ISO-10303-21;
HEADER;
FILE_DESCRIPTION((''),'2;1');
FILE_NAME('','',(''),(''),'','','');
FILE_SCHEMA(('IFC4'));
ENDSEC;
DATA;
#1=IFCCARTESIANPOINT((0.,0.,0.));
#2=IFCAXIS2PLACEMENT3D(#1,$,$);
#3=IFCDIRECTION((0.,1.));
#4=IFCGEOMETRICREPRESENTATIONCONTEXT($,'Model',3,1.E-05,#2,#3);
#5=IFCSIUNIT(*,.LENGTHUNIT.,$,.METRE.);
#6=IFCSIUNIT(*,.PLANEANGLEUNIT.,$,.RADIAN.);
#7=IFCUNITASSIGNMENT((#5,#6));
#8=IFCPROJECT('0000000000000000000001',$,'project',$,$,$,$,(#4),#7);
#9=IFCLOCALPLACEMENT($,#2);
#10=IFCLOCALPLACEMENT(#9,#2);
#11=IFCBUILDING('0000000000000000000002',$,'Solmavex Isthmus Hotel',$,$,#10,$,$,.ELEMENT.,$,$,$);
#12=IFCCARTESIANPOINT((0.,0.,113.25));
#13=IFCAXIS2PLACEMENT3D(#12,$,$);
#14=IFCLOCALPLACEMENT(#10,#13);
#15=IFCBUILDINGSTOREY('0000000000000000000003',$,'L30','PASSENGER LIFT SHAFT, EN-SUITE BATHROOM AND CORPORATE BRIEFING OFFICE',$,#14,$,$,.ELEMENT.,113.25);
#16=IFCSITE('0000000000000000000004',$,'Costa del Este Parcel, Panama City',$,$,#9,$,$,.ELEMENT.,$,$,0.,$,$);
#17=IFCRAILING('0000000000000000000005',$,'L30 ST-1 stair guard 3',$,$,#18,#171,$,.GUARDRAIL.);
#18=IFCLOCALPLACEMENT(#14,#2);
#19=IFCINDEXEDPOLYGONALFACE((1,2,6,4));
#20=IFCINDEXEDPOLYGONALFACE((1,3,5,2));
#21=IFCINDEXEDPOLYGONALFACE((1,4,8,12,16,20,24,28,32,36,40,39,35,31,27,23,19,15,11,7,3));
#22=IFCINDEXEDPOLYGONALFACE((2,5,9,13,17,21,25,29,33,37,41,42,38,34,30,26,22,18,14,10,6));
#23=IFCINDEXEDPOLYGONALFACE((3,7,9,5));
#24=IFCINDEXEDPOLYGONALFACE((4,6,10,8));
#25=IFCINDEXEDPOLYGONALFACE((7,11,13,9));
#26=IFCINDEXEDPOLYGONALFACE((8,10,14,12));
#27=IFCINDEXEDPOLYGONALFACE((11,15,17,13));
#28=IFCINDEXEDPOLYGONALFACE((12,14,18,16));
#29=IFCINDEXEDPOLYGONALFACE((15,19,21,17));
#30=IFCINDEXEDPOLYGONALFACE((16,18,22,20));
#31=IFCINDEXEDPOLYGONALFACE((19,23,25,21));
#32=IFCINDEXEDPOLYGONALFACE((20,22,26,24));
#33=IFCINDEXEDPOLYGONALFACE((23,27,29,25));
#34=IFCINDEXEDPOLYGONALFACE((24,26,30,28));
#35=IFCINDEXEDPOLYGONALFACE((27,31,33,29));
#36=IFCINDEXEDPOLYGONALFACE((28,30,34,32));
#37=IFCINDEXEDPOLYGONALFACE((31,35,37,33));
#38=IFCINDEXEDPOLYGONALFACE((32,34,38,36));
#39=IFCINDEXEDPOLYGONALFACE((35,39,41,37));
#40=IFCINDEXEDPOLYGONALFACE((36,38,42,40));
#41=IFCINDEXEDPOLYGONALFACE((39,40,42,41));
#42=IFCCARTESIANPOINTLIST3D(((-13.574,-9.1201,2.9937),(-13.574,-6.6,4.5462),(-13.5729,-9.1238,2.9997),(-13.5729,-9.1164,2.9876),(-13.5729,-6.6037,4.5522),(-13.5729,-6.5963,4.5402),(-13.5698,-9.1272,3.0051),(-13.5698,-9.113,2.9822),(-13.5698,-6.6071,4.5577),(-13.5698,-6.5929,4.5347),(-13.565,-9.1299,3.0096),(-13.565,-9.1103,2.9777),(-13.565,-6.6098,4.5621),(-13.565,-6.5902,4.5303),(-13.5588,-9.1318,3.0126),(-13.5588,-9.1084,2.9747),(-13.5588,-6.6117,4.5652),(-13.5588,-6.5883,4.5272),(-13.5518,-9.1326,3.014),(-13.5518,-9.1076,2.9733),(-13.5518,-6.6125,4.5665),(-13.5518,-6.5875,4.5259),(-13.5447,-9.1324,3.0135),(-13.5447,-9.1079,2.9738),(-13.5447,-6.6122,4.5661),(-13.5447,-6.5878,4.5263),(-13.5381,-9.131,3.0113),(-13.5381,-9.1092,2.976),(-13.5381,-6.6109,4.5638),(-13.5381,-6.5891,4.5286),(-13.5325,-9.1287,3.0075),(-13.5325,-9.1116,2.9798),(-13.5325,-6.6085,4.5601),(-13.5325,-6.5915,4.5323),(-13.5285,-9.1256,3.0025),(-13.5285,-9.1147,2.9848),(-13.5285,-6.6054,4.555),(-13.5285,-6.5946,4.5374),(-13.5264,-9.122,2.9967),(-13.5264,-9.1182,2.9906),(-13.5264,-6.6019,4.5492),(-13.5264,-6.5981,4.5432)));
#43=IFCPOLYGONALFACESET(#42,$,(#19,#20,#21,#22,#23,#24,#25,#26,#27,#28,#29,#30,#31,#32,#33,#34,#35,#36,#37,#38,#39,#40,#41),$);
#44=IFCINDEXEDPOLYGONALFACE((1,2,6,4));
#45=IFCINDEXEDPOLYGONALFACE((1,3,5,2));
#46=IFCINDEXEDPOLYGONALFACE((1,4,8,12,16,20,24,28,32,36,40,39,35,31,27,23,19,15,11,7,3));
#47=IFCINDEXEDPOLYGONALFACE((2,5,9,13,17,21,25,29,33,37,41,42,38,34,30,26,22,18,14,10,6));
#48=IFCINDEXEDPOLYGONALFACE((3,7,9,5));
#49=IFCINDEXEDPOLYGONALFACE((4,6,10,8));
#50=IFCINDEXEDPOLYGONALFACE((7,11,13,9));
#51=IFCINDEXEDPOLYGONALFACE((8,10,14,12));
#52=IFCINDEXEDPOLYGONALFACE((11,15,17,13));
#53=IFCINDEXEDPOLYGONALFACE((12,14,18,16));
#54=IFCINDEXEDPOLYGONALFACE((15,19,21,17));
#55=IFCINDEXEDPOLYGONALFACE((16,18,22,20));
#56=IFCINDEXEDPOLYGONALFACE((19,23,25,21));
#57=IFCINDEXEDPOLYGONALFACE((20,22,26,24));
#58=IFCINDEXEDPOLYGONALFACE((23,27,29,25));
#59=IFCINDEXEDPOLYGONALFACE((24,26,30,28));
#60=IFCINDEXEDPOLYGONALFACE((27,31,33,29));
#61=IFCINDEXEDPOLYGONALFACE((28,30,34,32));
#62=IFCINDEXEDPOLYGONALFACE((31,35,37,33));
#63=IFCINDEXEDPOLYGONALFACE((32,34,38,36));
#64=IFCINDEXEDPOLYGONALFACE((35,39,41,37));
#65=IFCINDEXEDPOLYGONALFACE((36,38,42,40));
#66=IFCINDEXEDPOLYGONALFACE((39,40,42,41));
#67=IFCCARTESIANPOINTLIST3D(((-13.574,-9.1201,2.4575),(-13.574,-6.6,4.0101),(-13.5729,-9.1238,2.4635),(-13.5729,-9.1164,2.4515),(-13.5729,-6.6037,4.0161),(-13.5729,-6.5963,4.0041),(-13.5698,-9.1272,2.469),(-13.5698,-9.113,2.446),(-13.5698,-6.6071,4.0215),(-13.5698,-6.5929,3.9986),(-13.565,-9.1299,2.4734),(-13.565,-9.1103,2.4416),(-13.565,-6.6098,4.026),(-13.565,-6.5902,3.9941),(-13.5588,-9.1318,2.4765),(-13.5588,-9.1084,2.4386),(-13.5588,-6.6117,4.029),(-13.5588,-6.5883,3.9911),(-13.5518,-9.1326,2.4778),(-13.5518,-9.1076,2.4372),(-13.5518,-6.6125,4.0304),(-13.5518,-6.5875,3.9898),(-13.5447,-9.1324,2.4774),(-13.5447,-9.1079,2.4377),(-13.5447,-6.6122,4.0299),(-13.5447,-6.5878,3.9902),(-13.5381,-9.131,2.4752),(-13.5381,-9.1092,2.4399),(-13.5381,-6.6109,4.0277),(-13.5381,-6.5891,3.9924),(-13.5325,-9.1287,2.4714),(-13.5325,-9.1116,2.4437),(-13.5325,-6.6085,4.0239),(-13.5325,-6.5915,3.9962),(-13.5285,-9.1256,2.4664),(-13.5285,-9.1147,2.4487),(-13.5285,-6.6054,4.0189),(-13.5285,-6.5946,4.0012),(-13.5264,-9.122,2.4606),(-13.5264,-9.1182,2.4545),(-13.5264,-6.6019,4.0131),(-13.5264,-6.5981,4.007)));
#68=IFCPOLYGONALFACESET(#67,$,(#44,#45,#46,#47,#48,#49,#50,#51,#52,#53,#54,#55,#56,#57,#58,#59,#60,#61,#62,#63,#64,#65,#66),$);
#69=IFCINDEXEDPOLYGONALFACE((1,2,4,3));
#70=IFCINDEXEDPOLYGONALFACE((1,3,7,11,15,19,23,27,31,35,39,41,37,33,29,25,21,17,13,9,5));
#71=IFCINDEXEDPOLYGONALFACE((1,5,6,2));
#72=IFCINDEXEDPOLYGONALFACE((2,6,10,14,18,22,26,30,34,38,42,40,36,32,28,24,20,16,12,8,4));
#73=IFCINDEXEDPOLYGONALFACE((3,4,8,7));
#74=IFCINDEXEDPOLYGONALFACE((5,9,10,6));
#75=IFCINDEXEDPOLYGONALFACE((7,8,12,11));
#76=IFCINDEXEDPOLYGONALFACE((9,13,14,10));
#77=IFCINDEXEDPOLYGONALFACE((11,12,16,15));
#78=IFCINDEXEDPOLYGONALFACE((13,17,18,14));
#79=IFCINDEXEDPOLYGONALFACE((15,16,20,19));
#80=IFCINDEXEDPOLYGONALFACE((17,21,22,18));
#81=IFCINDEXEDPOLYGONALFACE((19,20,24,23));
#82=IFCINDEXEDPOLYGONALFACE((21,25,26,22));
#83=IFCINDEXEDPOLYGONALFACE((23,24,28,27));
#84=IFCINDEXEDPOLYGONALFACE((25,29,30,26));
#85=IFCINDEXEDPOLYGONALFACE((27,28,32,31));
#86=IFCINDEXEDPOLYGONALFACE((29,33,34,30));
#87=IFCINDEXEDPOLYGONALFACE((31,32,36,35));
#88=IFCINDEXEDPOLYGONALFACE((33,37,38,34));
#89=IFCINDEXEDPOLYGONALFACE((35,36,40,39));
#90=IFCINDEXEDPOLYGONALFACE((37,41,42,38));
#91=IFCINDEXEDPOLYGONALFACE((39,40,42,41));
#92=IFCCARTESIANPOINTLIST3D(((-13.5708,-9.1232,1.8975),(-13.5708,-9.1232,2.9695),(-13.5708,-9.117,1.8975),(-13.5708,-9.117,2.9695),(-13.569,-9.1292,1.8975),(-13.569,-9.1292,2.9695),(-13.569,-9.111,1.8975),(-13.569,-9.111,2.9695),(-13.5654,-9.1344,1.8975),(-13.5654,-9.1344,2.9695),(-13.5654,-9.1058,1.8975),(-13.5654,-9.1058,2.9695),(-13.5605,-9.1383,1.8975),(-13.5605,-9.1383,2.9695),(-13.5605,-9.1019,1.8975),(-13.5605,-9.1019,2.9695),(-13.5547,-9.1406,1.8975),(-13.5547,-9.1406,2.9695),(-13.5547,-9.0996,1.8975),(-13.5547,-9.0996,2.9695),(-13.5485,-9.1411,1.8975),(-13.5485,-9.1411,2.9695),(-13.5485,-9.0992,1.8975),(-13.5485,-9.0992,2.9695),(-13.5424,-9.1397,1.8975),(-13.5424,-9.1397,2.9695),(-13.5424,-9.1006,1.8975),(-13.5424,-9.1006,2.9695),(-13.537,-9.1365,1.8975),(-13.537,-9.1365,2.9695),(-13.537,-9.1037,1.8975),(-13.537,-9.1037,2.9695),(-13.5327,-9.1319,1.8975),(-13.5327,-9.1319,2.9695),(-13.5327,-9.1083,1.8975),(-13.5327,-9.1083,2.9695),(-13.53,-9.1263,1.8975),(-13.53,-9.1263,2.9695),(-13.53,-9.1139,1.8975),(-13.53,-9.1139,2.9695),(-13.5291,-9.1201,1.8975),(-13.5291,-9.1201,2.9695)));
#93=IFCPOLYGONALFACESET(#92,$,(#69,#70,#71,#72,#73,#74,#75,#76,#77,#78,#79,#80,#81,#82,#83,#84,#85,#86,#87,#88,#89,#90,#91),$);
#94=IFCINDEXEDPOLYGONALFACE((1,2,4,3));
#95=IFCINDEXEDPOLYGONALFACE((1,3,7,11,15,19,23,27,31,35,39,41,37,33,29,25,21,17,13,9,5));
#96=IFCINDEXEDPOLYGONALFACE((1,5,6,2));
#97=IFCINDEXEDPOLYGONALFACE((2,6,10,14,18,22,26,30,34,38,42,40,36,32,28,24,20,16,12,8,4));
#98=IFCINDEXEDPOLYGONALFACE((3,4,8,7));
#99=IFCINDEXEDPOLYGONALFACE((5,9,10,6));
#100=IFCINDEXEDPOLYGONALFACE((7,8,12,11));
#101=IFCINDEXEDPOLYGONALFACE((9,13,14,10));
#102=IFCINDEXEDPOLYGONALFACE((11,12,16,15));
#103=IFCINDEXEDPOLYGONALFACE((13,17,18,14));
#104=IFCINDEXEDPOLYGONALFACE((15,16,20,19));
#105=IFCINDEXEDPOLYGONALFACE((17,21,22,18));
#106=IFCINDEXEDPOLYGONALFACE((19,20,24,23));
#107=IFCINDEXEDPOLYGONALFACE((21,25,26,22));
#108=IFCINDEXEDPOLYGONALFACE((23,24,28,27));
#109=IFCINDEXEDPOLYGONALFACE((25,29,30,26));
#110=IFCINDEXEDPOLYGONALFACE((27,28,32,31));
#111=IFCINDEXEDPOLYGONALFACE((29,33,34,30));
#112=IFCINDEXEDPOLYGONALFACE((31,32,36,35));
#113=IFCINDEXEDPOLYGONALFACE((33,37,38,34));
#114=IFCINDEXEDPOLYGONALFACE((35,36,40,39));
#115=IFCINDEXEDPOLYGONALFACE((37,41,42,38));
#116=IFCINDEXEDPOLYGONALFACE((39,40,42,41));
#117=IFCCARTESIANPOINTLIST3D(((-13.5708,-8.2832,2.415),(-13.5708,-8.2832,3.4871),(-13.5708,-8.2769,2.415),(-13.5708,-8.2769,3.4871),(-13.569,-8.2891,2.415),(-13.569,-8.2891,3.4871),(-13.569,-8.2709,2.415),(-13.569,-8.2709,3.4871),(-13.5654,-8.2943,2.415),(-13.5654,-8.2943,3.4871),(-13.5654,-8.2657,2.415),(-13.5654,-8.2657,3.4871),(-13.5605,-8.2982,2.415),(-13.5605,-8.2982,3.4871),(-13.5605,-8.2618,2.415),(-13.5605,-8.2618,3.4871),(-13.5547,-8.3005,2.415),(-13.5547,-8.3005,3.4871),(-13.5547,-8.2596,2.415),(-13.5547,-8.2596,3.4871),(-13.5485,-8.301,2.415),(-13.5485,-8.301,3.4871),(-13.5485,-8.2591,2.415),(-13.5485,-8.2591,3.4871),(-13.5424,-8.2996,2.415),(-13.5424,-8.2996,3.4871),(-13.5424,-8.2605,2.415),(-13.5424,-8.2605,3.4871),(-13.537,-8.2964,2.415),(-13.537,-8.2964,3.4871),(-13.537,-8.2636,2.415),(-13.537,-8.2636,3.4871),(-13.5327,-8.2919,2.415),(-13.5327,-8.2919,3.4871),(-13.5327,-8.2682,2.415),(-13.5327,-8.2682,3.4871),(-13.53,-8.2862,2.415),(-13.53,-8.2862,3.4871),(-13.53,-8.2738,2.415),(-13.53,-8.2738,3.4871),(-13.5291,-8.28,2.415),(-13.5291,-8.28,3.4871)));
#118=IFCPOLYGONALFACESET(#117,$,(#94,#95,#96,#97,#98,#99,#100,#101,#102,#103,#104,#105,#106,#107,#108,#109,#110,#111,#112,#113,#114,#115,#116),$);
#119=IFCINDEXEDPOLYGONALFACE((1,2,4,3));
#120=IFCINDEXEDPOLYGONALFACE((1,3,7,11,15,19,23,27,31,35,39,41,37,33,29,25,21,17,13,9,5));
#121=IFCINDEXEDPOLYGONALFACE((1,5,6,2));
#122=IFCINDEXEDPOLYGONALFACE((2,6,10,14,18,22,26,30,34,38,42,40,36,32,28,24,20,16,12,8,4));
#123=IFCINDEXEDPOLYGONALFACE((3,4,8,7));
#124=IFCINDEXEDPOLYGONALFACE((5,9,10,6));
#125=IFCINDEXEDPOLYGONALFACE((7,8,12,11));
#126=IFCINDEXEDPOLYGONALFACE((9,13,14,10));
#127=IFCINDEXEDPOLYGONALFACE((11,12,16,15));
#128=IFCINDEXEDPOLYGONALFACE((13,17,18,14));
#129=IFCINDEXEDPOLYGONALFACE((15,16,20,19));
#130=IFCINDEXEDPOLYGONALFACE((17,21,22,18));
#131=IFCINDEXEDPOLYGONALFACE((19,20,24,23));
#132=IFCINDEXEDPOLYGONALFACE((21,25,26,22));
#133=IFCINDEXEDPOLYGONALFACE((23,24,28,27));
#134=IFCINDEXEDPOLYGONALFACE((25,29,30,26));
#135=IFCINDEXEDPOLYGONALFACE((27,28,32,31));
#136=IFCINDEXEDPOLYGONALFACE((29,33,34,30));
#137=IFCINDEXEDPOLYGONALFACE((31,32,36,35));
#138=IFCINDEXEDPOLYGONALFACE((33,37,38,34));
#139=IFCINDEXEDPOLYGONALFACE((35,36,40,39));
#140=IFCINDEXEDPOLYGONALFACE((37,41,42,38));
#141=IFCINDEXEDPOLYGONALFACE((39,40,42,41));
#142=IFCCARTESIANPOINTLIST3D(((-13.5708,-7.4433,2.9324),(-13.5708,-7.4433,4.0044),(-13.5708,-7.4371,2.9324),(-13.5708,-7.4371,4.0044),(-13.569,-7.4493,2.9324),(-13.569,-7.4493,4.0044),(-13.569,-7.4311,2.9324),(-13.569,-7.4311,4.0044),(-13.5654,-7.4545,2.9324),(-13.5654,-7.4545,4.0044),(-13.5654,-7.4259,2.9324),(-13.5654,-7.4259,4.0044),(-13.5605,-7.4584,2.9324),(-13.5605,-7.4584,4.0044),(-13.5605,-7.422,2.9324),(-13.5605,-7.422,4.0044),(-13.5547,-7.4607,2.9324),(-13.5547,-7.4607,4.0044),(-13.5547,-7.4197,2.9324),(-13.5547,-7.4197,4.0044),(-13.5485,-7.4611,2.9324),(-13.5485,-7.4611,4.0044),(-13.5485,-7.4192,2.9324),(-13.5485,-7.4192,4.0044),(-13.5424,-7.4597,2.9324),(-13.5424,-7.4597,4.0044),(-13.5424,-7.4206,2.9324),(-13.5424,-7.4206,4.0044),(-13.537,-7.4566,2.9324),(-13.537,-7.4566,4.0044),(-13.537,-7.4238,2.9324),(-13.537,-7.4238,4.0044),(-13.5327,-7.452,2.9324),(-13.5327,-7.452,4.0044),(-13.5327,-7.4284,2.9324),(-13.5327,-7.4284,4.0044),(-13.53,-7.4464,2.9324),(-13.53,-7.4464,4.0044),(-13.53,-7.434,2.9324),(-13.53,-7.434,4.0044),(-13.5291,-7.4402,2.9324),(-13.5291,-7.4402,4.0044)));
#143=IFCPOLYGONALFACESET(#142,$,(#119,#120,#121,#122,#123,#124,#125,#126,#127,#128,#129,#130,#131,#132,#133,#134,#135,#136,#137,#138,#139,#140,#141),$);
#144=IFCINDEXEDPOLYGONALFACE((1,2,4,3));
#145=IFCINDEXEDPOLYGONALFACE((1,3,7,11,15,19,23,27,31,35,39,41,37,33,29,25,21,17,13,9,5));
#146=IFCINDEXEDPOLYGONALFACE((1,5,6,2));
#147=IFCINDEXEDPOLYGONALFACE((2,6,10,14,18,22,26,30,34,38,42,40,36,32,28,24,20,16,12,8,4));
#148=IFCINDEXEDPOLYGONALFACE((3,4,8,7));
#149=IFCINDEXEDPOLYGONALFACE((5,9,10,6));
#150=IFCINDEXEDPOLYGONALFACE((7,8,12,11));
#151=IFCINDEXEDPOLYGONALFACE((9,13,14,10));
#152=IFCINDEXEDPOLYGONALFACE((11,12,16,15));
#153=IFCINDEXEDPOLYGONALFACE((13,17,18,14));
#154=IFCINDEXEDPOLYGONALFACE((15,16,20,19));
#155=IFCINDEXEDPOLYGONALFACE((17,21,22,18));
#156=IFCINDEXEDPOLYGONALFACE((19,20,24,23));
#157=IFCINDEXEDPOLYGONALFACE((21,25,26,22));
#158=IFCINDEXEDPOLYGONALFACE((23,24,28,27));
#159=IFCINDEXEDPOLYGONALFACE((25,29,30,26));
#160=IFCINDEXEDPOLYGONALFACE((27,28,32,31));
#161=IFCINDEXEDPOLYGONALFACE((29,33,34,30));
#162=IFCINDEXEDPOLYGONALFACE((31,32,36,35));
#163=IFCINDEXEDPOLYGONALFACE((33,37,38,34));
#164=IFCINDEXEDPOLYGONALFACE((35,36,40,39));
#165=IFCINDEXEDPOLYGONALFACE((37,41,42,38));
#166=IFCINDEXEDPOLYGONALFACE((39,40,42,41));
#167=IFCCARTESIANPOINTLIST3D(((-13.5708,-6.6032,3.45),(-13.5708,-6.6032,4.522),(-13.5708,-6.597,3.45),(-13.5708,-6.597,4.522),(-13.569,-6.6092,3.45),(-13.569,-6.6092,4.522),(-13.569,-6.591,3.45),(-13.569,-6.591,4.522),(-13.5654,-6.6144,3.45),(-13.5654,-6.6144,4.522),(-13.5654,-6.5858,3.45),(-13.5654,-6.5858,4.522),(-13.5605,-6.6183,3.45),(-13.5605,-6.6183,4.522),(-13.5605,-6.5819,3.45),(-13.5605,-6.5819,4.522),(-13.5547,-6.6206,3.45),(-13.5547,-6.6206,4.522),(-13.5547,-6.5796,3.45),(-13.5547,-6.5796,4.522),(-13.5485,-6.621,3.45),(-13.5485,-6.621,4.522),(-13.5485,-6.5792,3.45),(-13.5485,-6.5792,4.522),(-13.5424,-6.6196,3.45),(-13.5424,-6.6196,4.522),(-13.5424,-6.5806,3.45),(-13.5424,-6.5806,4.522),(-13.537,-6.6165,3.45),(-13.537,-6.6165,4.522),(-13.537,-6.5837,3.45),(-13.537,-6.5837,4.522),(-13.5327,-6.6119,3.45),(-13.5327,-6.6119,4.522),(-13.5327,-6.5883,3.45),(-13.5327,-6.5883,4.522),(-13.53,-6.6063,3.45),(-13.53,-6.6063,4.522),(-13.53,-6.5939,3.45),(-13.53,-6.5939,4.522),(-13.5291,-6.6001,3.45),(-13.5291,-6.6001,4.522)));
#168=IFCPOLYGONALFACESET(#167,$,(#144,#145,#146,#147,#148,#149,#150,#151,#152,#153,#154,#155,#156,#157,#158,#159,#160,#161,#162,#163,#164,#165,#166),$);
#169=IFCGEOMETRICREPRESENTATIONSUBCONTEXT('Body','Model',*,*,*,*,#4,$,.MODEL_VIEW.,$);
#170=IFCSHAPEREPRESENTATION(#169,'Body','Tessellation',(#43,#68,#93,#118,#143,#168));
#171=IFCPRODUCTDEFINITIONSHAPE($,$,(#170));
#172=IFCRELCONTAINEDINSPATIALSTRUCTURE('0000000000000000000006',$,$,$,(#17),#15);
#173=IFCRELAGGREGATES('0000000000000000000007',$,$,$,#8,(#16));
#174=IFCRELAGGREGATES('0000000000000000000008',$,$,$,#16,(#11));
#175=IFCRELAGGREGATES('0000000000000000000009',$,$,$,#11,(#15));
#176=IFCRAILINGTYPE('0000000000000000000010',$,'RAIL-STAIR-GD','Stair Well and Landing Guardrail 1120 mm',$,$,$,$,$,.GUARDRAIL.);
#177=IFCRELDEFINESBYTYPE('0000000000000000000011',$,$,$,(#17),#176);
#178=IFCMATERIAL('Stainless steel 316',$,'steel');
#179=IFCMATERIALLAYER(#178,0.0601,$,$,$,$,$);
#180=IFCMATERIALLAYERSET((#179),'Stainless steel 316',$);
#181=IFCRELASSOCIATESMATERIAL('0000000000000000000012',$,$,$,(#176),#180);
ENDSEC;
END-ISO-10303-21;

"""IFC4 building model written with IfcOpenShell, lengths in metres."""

from ifc_helpers import new_model, si_unit, direction, frame, origin, origin_2d, place, context, subcontext, project, spatial, circle, extrude, material, layer, layer_set, type_object, element, save


model = new_model("IFC4")

# Units and contexts
model_context = context("Model", 3, precision=1e-05, world=origin(), true_north=direction((0.0, 1.0)))
body_context = subcontext(model_context, "Body", "Model", "MODEL_VIEW")
ifc_project = project(units=[si_unit("LENGTHUNIT", "METRE"), si_unit("PLANEANGLEUNIT", "RADIAN")], contexts=[model_context])

# Site, building, storey
site_placement = place(None, origin())
site = spatial("IfcSite", under=ifc_project, at=site_placement, Name="Costa del Este Parcel, Panama City", CompositionType="ELEMENT", RefElevation=0.0)
building_placement = place(site_placement, origin())
building = spatial("IfcBuilding", under=site, at=building_placement, Name="Solmavex Isthmus Hotel", CompositionType="ELEMENT")
storey_placement = place(building_placement, frame((0.0, 0.0, 113.25)))
storey = spatial("IfcBuildingStorey", under=building, at=storey_placement, Name="L30", Description="PASSENGER LIFT SHAFT, EN-SUITE BATHROOM AND CORPORATE BRIEFING OFFICE", CompositionType="ELEMENT", Elevation=113.25)

# Shared definitions
ifc_material_1 = material(Name="Stainless steel 316", Category="steel")

# Railing
ifc_layer_1 = layer(ifc_material_1, 0.0601)
ifc_layer_set_1 = layer_set([ifc_layer_1], Name="Stainless steel 316")
railing_type_1 = type_object("IfcRailingType", Name="RAIL-STAIR-GD", Description="Stair Well and Landing Guardrail 1120 mm", PredefinedType="GUARDRAIL", material=ifc_layer_set_1)
railing_1_placement = place(storey_placement, frame((-13.55, -9.1201, 1.8975)))
element("IfcRailing", 1, at=railing_1_placement, inside=storey, type_object=railing_type_1, Name="L30 ST-1 stair guard 3", PredefinedType="GUARDRAIL", context=body_context, shape_type="SweptSolid", body=[
    extrude(circle(Radius=0.0239, at=origin_2d()), frame((0.0, 0.0, 1.0962), z_axis=(0.0, 0.8514, 0.524516), x_axis=(-1.0, 0.0, 0.0)), (0.0, 0.0, 1.0), 2.96),
    extrude(circle(Radius=0.0239, at=origin_2d()), frame((0.0, 0.0, 0.5601), z_axis=(0.0, 0.8514, 0.524516), x_axis=(-1.0, 0.0, 0.0)), (0.0, 0.0, 1.0), 2.96),
    extrude(circle(Radius=0.021, at=origin_2d()), origin(), (0.0, 0.0, 1.0), 1.072),
    extrude(circle(Radius=0.021, at=origin_2d()), frame((0.0, 0.8401, 0.5176)), (0.0, 0.0, 1.0), 1.072),
    extrude(circle(Radius=0.021, at=origin_2d()), frame((0.0, 1.6799, 1.0349)), (0.0, 0.0, 1.0), 1.072),
    extrude(circle(Radius=0.021, at=origin_2d()), frame((0.0, 2.52, 1.5525)), (0.0, 0.0, 1.0), 1.072),
])

save(model, "model.ifc")
